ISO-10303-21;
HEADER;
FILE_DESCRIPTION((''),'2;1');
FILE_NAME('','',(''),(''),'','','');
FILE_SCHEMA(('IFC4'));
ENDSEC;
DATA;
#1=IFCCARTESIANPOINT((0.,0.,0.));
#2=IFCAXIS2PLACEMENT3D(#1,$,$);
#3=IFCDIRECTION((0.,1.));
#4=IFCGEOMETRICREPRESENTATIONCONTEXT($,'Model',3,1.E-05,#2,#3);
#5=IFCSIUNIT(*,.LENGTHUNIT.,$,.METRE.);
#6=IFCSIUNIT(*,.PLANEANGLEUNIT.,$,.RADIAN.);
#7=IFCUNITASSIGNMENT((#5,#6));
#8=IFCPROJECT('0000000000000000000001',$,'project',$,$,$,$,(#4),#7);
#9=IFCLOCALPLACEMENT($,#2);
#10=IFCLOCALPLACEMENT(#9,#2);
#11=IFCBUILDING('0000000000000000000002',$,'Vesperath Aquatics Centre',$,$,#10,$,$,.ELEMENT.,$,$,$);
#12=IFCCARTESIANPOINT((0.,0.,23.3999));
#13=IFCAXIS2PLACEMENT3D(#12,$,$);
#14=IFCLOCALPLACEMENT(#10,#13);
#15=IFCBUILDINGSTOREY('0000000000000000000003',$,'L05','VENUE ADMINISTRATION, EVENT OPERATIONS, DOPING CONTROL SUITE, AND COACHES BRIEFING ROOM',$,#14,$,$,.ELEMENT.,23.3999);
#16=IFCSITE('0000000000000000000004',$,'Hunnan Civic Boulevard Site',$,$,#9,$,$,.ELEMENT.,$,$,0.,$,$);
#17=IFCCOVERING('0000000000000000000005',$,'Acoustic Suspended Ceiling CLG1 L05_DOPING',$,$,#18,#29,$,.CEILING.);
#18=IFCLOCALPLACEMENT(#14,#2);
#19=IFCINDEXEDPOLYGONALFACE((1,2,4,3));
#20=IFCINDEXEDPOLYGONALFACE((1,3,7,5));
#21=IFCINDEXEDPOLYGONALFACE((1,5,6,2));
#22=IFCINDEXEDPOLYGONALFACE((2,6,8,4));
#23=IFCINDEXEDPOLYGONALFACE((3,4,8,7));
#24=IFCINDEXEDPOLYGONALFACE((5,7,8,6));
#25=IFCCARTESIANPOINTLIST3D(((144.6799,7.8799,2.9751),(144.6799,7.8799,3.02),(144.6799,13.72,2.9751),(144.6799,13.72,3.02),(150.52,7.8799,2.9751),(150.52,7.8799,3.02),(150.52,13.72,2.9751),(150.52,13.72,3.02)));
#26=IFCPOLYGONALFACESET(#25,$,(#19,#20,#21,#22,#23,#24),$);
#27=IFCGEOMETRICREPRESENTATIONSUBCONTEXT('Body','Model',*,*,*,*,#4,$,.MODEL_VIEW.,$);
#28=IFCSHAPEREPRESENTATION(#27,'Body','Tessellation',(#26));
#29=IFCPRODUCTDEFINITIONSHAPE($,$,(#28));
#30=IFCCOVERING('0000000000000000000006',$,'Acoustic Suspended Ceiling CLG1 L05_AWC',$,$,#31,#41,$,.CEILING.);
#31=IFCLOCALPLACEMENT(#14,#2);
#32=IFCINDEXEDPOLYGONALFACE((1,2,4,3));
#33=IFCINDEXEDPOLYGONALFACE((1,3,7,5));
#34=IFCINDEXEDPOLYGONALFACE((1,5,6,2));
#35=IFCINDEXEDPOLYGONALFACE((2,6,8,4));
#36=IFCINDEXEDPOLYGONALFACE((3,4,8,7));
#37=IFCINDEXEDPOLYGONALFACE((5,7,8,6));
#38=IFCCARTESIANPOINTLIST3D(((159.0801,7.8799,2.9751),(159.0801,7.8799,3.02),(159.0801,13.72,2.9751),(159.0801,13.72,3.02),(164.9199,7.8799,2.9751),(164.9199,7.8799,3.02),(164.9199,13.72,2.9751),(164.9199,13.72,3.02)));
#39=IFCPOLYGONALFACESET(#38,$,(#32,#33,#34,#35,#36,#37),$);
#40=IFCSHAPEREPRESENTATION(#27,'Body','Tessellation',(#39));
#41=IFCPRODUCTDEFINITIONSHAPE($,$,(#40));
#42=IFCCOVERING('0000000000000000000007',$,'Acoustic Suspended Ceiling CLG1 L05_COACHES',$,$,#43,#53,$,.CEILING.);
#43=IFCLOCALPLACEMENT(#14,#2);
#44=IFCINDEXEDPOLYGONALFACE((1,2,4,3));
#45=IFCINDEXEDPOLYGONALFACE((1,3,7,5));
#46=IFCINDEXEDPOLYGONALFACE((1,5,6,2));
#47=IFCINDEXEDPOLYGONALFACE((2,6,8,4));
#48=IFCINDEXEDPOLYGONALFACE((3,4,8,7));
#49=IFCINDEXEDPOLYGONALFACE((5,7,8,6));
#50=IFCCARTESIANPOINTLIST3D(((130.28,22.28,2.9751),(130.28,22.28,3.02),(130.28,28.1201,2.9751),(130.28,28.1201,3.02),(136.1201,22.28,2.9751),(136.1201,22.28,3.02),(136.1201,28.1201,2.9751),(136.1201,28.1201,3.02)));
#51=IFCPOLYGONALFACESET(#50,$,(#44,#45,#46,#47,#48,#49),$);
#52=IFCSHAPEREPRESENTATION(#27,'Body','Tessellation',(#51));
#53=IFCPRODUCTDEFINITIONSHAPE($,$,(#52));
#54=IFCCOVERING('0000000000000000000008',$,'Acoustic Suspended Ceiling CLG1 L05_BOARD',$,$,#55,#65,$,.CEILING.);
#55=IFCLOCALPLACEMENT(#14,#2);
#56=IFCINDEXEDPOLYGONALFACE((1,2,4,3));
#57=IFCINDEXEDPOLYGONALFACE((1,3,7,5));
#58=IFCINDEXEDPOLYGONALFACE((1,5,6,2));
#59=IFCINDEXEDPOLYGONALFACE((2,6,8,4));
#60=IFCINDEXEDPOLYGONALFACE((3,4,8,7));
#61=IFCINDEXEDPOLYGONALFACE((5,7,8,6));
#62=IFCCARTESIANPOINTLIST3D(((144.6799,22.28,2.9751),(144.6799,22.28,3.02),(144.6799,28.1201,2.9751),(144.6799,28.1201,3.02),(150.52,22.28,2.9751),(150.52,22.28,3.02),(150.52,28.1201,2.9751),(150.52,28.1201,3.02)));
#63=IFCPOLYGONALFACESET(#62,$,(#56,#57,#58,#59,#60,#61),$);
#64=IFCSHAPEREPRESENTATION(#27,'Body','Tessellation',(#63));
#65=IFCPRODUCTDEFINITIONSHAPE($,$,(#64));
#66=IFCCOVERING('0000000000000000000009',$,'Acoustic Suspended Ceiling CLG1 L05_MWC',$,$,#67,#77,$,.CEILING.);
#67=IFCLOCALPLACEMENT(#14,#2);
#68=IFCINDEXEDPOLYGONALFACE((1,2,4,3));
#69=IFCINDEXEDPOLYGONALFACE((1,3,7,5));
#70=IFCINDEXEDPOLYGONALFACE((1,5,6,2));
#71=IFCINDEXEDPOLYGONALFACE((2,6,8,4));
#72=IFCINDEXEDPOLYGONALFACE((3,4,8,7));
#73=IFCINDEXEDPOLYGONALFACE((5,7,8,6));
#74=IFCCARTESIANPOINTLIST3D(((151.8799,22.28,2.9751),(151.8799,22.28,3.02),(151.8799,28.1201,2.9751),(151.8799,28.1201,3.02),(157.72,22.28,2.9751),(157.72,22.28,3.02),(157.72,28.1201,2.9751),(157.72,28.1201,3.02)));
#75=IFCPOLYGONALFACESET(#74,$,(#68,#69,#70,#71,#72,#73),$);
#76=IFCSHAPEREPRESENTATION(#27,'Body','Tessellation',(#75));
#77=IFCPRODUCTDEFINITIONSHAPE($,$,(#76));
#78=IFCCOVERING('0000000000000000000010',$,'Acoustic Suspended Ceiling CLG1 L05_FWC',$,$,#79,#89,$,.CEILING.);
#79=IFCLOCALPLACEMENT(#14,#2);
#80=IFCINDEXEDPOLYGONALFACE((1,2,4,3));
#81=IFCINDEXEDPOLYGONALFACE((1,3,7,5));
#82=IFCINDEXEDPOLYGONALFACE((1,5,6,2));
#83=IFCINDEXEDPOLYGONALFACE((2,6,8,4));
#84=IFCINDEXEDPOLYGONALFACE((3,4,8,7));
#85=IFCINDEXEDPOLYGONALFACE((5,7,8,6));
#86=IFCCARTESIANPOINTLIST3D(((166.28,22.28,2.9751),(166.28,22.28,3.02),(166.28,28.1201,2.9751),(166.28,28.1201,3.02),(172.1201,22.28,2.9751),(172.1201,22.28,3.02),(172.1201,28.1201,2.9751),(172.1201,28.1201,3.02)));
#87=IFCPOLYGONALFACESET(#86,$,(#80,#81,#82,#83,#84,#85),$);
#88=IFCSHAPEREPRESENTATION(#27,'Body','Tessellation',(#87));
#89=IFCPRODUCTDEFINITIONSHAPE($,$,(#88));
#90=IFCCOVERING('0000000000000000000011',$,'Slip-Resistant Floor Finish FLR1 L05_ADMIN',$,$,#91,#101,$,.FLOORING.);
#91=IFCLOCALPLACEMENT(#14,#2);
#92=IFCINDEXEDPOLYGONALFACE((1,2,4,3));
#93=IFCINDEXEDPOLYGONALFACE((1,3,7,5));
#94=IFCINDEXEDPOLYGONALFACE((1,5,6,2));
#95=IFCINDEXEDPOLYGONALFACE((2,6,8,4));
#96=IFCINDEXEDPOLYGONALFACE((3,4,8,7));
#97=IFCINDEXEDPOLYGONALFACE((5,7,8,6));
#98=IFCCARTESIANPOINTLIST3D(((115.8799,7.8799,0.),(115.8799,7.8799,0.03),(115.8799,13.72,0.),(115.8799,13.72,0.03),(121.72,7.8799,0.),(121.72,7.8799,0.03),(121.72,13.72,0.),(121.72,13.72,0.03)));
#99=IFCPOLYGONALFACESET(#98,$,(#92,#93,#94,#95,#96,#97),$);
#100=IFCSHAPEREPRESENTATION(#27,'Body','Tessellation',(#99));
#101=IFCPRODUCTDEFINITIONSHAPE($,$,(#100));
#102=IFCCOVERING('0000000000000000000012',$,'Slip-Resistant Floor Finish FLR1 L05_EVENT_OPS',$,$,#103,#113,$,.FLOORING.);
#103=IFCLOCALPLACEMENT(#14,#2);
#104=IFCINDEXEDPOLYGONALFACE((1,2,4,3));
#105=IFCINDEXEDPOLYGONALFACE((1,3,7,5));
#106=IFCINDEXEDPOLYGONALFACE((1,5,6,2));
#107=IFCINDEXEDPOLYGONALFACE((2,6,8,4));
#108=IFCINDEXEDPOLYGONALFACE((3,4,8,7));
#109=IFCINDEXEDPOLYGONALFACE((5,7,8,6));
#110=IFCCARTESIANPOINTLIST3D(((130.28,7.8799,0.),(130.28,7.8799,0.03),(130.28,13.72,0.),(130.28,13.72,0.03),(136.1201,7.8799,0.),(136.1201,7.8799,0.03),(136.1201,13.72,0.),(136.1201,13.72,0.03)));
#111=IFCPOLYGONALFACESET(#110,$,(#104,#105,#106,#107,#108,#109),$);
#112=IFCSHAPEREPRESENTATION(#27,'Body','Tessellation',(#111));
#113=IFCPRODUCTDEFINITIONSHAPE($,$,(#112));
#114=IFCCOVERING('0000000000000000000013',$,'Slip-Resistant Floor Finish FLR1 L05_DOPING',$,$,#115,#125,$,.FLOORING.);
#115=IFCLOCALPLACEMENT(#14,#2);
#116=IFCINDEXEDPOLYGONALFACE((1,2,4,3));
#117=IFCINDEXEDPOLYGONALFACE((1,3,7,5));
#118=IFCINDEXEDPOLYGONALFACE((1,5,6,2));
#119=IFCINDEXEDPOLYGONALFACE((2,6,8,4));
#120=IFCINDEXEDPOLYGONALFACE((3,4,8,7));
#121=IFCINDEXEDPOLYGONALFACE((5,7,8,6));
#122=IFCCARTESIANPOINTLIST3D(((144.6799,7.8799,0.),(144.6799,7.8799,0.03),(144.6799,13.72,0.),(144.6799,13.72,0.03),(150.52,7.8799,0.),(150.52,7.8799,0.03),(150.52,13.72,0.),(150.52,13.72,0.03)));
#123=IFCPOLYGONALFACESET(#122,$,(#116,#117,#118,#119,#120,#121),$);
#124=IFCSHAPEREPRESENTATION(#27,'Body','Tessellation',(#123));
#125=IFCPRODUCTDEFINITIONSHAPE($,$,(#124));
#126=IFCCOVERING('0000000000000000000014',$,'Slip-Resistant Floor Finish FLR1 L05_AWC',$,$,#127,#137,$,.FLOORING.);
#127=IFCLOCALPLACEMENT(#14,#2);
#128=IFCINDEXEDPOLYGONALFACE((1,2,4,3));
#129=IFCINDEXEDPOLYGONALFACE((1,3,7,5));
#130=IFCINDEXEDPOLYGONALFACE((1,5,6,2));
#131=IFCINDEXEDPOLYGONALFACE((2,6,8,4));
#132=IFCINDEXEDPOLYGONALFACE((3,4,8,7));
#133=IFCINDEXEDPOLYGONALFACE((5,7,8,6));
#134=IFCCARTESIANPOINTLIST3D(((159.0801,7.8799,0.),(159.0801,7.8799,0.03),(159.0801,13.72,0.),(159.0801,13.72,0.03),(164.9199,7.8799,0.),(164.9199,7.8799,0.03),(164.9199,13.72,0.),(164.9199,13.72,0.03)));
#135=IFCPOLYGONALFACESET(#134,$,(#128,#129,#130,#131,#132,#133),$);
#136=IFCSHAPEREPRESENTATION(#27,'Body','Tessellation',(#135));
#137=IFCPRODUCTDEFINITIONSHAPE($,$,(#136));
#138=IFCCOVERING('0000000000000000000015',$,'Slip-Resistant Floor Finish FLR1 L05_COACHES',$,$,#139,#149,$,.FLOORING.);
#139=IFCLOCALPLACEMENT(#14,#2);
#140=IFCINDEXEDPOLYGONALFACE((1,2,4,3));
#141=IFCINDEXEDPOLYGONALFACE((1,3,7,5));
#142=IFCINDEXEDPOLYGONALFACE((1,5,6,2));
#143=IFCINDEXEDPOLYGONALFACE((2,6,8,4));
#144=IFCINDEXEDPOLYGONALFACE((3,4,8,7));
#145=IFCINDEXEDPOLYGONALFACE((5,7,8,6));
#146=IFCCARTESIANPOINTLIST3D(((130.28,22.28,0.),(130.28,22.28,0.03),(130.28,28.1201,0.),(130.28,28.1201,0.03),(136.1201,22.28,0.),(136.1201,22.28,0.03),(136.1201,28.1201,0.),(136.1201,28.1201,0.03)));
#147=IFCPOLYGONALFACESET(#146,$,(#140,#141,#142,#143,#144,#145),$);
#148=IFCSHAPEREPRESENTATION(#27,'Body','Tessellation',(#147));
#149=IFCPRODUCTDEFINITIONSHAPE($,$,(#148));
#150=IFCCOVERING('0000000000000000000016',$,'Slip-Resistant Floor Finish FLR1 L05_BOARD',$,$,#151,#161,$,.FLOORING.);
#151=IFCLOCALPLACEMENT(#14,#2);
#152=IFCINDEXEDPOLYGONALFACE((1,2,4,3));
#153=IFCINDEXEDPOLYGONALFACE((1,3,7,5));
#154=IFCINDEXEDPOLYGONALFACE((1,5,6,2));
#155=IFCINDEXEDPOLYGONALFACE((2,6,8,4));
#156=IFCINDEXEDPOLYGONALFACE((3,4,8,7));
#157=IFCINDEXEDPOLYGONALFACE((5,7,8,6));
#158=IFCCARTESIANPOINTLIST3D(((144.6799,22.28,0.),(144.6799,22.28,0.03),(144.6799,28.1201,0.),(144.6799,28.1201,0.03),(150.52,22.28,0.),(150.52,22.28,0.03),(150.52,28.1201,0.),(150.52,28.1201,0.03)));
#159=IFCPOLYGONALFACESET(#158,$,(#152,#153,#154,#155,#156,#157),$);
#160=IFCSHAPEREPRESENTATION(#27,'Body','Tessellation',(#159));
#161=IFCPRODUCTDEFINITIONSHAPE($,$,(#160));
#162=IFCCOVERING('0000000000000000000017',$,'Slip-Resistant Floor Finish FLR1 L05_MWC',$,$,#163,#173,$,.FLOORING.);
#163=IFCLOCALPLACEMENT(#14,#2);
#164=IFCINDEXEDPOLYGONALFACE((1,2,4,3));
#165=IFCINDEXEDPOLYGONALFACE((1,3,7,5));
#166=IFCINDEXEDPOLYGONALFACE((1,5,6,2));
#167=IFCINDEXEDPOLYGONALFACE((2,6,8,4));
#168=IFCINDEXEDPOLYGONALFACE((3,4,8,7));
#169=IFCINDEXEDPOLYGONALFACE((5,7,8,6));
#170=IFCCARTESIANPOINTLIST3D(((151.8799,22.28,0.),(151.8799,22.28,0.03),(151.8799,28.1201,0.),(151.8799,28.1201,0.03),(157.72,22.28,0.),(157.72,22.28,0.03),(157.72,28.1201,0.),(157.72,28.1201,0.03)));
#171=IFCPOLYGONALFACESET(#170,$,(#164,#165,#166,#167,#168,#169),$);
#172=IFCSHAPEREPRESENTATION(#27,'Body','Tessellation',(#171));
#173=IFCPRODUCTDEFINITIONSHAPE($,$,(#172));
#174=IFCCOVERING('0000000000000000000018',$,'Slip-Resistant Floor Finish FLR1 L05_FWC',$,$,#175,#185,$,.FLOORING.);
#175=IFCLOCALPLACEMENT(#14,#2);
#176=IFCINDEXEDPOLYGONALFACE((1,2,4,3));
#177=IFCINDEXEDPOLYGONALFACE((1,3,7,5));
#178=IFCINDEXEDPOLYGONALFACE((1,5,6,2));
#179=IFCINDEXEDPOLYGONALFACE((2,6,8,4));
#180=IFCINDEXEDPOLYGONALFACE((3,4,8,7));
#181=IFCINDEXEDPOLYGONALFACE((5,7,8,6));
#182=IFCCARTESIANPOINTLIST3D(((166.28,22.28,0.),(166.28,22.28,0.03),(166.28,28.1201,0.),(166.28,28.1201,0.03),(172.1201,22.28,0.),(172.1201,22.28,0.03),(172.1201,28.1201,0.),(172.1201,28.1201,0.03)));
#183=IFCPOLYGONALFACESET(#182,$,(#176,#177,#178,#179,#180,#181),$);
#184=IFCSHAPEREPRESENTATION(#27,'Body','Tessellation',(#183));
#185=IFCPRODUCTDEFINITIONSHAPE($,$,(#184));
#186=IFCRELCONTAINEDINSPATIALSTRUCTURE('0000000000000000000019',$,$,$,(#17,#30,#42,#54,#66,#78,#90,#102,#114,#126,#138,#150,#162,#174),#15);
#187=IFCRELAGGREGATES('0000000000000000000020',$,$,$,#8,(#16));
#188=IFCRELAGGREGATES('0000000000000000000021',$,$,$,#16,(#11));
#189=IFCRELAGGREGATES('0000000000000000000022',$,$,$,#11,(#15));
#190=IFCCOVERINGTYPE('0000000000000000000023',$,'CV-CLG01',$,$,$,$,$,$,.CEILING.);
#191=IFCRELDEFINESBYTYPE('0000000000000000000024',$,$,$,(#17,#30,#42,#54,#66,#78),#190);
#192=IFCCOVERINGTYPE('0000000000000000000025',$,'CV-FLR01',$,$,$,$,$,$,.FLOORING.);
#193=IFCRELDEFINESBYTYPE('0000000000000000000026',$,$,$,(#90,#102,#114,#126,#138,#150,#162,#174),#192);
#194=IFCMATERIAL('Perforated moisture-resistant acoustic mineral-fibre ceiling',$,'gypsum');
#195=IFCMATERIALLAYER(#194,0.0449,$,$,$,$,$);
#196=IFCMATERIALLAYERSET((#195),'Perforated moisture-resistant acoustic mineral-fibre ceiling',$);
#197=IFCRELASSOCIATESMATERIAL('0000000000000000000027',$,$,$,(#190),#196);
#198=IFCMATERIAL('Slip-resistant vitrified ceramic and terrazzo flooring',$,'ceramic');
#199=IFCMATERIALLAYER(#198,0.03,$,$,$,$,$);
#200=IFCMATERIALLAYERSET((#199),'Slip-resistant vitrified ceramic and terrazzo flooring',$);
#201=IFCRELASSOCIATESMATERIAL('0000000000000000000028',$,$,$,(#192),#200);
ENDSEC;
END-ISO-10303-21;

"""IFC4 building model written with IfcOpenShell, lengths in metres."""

from ifc_helpers import new_model, si_unit, direction, frame, origin, place, context, subcontext, project, spatial, polyline, outline, extrude, material, layer, layer_set, type_object, element, save


model = new_model("IFC4")

# Units and contexts
model_context = context("Model", 3, precision=1e-05, world=origin(), true_north=direction((0.0, 1.0)))
body_context = subcontext(model_context, "Body", "Model", "MODEL_VIEW")
ifc_project = project(units=[si_unit("LENGTHUNIT", "METRE"), si_unit("PLANEANGLEUNIT", "RADIAN")], contexts=[model_context])

# Site, building, storey
site_placement = place(None, origin())
site = spatial("IfcSite", under=ifc_project, at=site_placement, Name="Hunnan Civic Boulevard Site", CompositionType="ELEMENT", RefElevation=0.0)
building_placement = place(site_placement, origin())
building = spatial("IfcBuilding", under=site, at=building_placement, Name="Vesperath Aquatics Centre", CompositionType="ELEMENT")
storey_placement = place(building_placement, frame((0.0, 0.0, 23.3999)))
storey = spatial("IfcBuildingStorey", under=building, at=storey_placement, Name="L05", Description="VENUE ADMINISTRATION, EVENT OPERATIONS, DOPING CONTROL SUITE, AND COACHES BRIEFING ROOM", CompositionType="ELEMENT", Elevation=23.3999)

# Coverings
ifc_material_1 = material(Name="Perforated moisture-resistant acoustic mineral-fibre ceiling", Category="gypsum")
ifc_layer_1 = layer(ifc_material_1, 0.0449)
ifc_layer_set_1 = layer_set([ifc_layer_1], Name="Perforated moisture-resistant acoustic mineral-fibre ceiling")
covering_type_1 = type_object("IfcCoveringType", Name="CV-CLG01", PredefinedType="CEILING", material=ifc_layer_set_1)
covering_1_placement = place(storey_placement, frame((0.0, 0.0, 2.9751)))
element("IfcCovering", 1, at=covering_1_placement, inside=storey, type_object=covering_type_1, Name="Acoustic Suspended Ceiling CLG1 L05_DOPING", PredefinedType="CEILING", context=body_context, shape_type="SweptSolid", body=[
    extrude(outline(polyline([(144.6799, 7.8799), (150.52, 7.8799), (150.52, 13.72), (144.6799, 13.72), (144.6799, 7.8799)])), origin(), (0.0, 0.0, 1.0), 0.0449),
])
covering_2_placement = place(storey_placement, frame((0.0, 0.0, 2.9751)))
element("IfcCovering", 2, at=covering_2_placement, inside=storey, type_object=covering_type_1, Name="Acoustic Suspended Ceiling CLG1 L05_AWC", PredefinedType="CEILING", context=body_context, shape_type="SweptSolid", body=[
    extrude(outline(polyline([(159.0801, 7.8799), (164.9199, 7.8799), (164.9199, 13.72), (159.0801, 13.72), (159.0801, 7.8799)])), origin(), (0.0, 0.0, 1.0), 0.0449),
])
covering_3_placement = place(storey_placement, frame((0.0, 0.0, 2.9751)))
element("IfcCovering", 3, at=covering_3_placement, inside=storey, type_object=covering_type_1, Name="Acoustic Suspended Ceiling CLG1 L05_COACHES", PredefinedType="CEILING", context=body_context, shape_type="SweptSolid", body=[
    extrude(outline(polyline([(130.28, 22.28), (136.1201, 22.28), (136.1201, 28.1201), (130.28, 28.1201), (130.28, 22.28)])), origin(), (0.0, 0.0, 1.0), 0.0449),
])
covering_4_placement = place(storey_placement, frame((0.0, 0.0, 2.9751)))
element("IfcCovering", 4, at=covering_4_placement, inside=storey, type_object=covering_type_1, Name="Acoustic Suspended Ceiling CLG1 L05_BOARD", PredefinedType="CEILING", context=body_context, shape_type="SweptSolid", body=[
    extrude(outline(polyline([(144.6799, 22.28), (150.52, 22.28), (150.52, 28.1201), (144.6799, 28.1201), (144.6799, 22.28)])), origin(), (0.0, 0.0, 1.0), 0.0449),
])
covering_5_placement = place(storey_placement, frame((0.0, 0.0, 2.9751)))
element("IfcCovering", 5, at=covering_5_placement, inside=storey, type_object=covering_type_1, Name="Acoustic Suspended Ceiling CLG1 L05_MWC", PredefinedType="CEILING", context=body_context, shape_type="SweptSolid", body=[
    extrude(outline(polyline([(151.8799, 22.28), (157.72, 22.28), (157.72, 28.1201), (151.8799, 28.1201), (151.8799, 22.28)])), origin(), (0.0, 0.0, 1.0), 0.0449),
])
covering_6_placement = place(storey_placement, frame((0.0, 0.0, 2.9751)))
element("IfcCovering", 6, at=covering_6_placement, inside=storey, type_object=covering_type_1, Name="Acoustic Suspended Ceiling CLG1 L05_FWC", PredefinedType="CEILING", context=body_context, shape_type="SweptSolid", body=[
    extrude(outline(polyline([(166.28, 22.28), (172.1201, 22.28), (172.1201, 28.1201), (166.28, 28.1201), (166.28, 22.28)])), origin(), (0.0, 0.0, 1.0), 0.0449),
])
ifc_material_2 = material(Name="Slip-resistant vitrified ceramic and terrazzo flooring", Category="ceramic")
ifc_layer_2 = layer(ifc_material_2, 0.03)
ifc_layer_set_2 = layer_set([ifc_layer_2], Name="Slip-resistant vitrified ceramic and terrazzo flooring")
covering_type_2 = type_object("IfcCoveringType", Name="CV-FLR01", PredefinedType="FLOORING", material=ifc_layer_set_2)
covering_7_placement = place(storey_placement, origin())
element("IfcCovering", 7, at=covering_7_placement, inside=storey, type_object=covering_type_2, Name="Slip-Resistant Floor Finish FLR1 L05_ADMIN", PredefinedType="FLOORING", context=body_context, shape_type="SweptSolid", body=[
    extrude(outline(polyline([(115.8799, 7.8799), (121.72, 7.8799), (121.72, 13.72), (115.8799, 13.72), (115.8799, 7.8799)])), origin(), (0.0, 0.0, 1.0), 0.03),
])
covering_8_placement = place(storey_placement, origin())
element("IfcCovering", 8, at=covering_8_placement, inside=storey, type_object=covering_type_2, Name="Slip-Resistant Floor Finish FLR1 L05_EVENT_OPS", PredefinedType="FLOORING", context=body_context, shape_type="SweptSolid", body=[
    extrude(outline(polyline([(130.28, 7.8799), (136.1201, 7.8799), (136.1201, 13.72), (130.28, 13.72), (130.28, 7.8799)])), origin(), (0.0, 0.0, 1.0), 0.03),
])
covering_9_placement = place(storey_placement, origin())
element("IfcCovering", 9, at=covering_9_placement, inside=storey, type_object=covering_type_2, Name="Slip-Resistant Floor Finish FLR1 L05_DOPING", PredefinedType="FLOORING", context=body_context, shape_type="SweptSolid", body=[
    extrude(outline(polyline([(144.6799, 7.8799), (150.52, 7.8799), (150.52, 13.72), (144.6799, 13.72), (144.6799, 7.8799)])), origin(), (0.0, 0.0, 1.0), 0.03),
])
covering_10_placement = place(storey_placement, origin())
element("IfcCovering", 10, at=covering_10_placement, inside=storey, type_object=covering_type_2, Name="Slip-Resistant Floor Finish FLR1 L05_AWC", PredefinedType="FLOORING", context=body_context, shape_type="SweptSolid", body=[
    extrude(outline(polyline([(159.0801, 7.8799), (164.9199, 7.8799), (164.9199, 13.72), (159.0801, 13.72), (159.0801, 7.8799)])), origin(), (0.0, 0.0, 1.0), 0.03),
])
covering_11_placement = place(storey_placement, origin())
element("IfcCovering", 11, at=covering_11_placement, inside=storey, type_object=covering_type_2, Name="Slip-Resistant Floor Finish FLR1 L05_COACHES", PredefinedType="FLOORING", context=body_context, shape_type="SweptSolid", body=[
    extrude(outline(polyline([(130.28, 22.28), (136.1201, 22.28), (136.1201, 28.1201), (130.28, 28.1201), (130.28, 22.28)])), origin(), (0.0, 0.0, 1.0), 0.03),
])
covering_12_placement = place(storey_placement, origin())
element("IfcCovering", 12, at=covering_12_placement, inside=storey, type_object=covering_type_2, Name="Slip-Resistant Floor Finish FLR1 L05_BOARD", PredefinedType="FLOORING", context=body_context, shape_type="SweptSolid", body=[
    extrude(outline(polyline([(144.6799, 22.28), (150.52, 22.28), (150.52, 28.1201), (144.6799, 28.1201), (144.6799, 22.28)])), origin(), (0.0, 0.0, 1.0), 0.03),
])
covering_13_placement = place(storey_placement, origin())
element("IfcCovering", 13, at=covering_13_placement, inside=storey, type_object=covering_type_2, Name="Slip-Resistant Floor Finish FLR1 L05_MWC", PredefinedType="FLOORING", context=body_context, shape_type="SweptSolid", body=[
    extrude(outline(polyline([(151.8799, 22.28), (157.72, 22.28), (157.72, 28.1201), (151.8799, 28.1201), (151.8799, 22.28)])), origin(), (0.0, 0.0, 1.0), 0.03),
])
covering_14_placement = place(storey_placement, origin())
element("IfcCovering", 14, at=covering_14_placement, inside=storey, type_object=covering_type_2, Name="Slip-Resistant Floor Finish FLR1 L05_FWC", PredefinedType="FLOORING", context=body_context, shape_type="SweptSolid", body=[
    extrude(outline(polyline([(166.28, 22.28), (172.1201, 22.28), (172.1201, 28.1201), (166.28, 28.1201), (166.28, 22.28)])), origin(), (0.0, 0.0, 1.0), 0.03),
])

save(model, "model.ifc")
